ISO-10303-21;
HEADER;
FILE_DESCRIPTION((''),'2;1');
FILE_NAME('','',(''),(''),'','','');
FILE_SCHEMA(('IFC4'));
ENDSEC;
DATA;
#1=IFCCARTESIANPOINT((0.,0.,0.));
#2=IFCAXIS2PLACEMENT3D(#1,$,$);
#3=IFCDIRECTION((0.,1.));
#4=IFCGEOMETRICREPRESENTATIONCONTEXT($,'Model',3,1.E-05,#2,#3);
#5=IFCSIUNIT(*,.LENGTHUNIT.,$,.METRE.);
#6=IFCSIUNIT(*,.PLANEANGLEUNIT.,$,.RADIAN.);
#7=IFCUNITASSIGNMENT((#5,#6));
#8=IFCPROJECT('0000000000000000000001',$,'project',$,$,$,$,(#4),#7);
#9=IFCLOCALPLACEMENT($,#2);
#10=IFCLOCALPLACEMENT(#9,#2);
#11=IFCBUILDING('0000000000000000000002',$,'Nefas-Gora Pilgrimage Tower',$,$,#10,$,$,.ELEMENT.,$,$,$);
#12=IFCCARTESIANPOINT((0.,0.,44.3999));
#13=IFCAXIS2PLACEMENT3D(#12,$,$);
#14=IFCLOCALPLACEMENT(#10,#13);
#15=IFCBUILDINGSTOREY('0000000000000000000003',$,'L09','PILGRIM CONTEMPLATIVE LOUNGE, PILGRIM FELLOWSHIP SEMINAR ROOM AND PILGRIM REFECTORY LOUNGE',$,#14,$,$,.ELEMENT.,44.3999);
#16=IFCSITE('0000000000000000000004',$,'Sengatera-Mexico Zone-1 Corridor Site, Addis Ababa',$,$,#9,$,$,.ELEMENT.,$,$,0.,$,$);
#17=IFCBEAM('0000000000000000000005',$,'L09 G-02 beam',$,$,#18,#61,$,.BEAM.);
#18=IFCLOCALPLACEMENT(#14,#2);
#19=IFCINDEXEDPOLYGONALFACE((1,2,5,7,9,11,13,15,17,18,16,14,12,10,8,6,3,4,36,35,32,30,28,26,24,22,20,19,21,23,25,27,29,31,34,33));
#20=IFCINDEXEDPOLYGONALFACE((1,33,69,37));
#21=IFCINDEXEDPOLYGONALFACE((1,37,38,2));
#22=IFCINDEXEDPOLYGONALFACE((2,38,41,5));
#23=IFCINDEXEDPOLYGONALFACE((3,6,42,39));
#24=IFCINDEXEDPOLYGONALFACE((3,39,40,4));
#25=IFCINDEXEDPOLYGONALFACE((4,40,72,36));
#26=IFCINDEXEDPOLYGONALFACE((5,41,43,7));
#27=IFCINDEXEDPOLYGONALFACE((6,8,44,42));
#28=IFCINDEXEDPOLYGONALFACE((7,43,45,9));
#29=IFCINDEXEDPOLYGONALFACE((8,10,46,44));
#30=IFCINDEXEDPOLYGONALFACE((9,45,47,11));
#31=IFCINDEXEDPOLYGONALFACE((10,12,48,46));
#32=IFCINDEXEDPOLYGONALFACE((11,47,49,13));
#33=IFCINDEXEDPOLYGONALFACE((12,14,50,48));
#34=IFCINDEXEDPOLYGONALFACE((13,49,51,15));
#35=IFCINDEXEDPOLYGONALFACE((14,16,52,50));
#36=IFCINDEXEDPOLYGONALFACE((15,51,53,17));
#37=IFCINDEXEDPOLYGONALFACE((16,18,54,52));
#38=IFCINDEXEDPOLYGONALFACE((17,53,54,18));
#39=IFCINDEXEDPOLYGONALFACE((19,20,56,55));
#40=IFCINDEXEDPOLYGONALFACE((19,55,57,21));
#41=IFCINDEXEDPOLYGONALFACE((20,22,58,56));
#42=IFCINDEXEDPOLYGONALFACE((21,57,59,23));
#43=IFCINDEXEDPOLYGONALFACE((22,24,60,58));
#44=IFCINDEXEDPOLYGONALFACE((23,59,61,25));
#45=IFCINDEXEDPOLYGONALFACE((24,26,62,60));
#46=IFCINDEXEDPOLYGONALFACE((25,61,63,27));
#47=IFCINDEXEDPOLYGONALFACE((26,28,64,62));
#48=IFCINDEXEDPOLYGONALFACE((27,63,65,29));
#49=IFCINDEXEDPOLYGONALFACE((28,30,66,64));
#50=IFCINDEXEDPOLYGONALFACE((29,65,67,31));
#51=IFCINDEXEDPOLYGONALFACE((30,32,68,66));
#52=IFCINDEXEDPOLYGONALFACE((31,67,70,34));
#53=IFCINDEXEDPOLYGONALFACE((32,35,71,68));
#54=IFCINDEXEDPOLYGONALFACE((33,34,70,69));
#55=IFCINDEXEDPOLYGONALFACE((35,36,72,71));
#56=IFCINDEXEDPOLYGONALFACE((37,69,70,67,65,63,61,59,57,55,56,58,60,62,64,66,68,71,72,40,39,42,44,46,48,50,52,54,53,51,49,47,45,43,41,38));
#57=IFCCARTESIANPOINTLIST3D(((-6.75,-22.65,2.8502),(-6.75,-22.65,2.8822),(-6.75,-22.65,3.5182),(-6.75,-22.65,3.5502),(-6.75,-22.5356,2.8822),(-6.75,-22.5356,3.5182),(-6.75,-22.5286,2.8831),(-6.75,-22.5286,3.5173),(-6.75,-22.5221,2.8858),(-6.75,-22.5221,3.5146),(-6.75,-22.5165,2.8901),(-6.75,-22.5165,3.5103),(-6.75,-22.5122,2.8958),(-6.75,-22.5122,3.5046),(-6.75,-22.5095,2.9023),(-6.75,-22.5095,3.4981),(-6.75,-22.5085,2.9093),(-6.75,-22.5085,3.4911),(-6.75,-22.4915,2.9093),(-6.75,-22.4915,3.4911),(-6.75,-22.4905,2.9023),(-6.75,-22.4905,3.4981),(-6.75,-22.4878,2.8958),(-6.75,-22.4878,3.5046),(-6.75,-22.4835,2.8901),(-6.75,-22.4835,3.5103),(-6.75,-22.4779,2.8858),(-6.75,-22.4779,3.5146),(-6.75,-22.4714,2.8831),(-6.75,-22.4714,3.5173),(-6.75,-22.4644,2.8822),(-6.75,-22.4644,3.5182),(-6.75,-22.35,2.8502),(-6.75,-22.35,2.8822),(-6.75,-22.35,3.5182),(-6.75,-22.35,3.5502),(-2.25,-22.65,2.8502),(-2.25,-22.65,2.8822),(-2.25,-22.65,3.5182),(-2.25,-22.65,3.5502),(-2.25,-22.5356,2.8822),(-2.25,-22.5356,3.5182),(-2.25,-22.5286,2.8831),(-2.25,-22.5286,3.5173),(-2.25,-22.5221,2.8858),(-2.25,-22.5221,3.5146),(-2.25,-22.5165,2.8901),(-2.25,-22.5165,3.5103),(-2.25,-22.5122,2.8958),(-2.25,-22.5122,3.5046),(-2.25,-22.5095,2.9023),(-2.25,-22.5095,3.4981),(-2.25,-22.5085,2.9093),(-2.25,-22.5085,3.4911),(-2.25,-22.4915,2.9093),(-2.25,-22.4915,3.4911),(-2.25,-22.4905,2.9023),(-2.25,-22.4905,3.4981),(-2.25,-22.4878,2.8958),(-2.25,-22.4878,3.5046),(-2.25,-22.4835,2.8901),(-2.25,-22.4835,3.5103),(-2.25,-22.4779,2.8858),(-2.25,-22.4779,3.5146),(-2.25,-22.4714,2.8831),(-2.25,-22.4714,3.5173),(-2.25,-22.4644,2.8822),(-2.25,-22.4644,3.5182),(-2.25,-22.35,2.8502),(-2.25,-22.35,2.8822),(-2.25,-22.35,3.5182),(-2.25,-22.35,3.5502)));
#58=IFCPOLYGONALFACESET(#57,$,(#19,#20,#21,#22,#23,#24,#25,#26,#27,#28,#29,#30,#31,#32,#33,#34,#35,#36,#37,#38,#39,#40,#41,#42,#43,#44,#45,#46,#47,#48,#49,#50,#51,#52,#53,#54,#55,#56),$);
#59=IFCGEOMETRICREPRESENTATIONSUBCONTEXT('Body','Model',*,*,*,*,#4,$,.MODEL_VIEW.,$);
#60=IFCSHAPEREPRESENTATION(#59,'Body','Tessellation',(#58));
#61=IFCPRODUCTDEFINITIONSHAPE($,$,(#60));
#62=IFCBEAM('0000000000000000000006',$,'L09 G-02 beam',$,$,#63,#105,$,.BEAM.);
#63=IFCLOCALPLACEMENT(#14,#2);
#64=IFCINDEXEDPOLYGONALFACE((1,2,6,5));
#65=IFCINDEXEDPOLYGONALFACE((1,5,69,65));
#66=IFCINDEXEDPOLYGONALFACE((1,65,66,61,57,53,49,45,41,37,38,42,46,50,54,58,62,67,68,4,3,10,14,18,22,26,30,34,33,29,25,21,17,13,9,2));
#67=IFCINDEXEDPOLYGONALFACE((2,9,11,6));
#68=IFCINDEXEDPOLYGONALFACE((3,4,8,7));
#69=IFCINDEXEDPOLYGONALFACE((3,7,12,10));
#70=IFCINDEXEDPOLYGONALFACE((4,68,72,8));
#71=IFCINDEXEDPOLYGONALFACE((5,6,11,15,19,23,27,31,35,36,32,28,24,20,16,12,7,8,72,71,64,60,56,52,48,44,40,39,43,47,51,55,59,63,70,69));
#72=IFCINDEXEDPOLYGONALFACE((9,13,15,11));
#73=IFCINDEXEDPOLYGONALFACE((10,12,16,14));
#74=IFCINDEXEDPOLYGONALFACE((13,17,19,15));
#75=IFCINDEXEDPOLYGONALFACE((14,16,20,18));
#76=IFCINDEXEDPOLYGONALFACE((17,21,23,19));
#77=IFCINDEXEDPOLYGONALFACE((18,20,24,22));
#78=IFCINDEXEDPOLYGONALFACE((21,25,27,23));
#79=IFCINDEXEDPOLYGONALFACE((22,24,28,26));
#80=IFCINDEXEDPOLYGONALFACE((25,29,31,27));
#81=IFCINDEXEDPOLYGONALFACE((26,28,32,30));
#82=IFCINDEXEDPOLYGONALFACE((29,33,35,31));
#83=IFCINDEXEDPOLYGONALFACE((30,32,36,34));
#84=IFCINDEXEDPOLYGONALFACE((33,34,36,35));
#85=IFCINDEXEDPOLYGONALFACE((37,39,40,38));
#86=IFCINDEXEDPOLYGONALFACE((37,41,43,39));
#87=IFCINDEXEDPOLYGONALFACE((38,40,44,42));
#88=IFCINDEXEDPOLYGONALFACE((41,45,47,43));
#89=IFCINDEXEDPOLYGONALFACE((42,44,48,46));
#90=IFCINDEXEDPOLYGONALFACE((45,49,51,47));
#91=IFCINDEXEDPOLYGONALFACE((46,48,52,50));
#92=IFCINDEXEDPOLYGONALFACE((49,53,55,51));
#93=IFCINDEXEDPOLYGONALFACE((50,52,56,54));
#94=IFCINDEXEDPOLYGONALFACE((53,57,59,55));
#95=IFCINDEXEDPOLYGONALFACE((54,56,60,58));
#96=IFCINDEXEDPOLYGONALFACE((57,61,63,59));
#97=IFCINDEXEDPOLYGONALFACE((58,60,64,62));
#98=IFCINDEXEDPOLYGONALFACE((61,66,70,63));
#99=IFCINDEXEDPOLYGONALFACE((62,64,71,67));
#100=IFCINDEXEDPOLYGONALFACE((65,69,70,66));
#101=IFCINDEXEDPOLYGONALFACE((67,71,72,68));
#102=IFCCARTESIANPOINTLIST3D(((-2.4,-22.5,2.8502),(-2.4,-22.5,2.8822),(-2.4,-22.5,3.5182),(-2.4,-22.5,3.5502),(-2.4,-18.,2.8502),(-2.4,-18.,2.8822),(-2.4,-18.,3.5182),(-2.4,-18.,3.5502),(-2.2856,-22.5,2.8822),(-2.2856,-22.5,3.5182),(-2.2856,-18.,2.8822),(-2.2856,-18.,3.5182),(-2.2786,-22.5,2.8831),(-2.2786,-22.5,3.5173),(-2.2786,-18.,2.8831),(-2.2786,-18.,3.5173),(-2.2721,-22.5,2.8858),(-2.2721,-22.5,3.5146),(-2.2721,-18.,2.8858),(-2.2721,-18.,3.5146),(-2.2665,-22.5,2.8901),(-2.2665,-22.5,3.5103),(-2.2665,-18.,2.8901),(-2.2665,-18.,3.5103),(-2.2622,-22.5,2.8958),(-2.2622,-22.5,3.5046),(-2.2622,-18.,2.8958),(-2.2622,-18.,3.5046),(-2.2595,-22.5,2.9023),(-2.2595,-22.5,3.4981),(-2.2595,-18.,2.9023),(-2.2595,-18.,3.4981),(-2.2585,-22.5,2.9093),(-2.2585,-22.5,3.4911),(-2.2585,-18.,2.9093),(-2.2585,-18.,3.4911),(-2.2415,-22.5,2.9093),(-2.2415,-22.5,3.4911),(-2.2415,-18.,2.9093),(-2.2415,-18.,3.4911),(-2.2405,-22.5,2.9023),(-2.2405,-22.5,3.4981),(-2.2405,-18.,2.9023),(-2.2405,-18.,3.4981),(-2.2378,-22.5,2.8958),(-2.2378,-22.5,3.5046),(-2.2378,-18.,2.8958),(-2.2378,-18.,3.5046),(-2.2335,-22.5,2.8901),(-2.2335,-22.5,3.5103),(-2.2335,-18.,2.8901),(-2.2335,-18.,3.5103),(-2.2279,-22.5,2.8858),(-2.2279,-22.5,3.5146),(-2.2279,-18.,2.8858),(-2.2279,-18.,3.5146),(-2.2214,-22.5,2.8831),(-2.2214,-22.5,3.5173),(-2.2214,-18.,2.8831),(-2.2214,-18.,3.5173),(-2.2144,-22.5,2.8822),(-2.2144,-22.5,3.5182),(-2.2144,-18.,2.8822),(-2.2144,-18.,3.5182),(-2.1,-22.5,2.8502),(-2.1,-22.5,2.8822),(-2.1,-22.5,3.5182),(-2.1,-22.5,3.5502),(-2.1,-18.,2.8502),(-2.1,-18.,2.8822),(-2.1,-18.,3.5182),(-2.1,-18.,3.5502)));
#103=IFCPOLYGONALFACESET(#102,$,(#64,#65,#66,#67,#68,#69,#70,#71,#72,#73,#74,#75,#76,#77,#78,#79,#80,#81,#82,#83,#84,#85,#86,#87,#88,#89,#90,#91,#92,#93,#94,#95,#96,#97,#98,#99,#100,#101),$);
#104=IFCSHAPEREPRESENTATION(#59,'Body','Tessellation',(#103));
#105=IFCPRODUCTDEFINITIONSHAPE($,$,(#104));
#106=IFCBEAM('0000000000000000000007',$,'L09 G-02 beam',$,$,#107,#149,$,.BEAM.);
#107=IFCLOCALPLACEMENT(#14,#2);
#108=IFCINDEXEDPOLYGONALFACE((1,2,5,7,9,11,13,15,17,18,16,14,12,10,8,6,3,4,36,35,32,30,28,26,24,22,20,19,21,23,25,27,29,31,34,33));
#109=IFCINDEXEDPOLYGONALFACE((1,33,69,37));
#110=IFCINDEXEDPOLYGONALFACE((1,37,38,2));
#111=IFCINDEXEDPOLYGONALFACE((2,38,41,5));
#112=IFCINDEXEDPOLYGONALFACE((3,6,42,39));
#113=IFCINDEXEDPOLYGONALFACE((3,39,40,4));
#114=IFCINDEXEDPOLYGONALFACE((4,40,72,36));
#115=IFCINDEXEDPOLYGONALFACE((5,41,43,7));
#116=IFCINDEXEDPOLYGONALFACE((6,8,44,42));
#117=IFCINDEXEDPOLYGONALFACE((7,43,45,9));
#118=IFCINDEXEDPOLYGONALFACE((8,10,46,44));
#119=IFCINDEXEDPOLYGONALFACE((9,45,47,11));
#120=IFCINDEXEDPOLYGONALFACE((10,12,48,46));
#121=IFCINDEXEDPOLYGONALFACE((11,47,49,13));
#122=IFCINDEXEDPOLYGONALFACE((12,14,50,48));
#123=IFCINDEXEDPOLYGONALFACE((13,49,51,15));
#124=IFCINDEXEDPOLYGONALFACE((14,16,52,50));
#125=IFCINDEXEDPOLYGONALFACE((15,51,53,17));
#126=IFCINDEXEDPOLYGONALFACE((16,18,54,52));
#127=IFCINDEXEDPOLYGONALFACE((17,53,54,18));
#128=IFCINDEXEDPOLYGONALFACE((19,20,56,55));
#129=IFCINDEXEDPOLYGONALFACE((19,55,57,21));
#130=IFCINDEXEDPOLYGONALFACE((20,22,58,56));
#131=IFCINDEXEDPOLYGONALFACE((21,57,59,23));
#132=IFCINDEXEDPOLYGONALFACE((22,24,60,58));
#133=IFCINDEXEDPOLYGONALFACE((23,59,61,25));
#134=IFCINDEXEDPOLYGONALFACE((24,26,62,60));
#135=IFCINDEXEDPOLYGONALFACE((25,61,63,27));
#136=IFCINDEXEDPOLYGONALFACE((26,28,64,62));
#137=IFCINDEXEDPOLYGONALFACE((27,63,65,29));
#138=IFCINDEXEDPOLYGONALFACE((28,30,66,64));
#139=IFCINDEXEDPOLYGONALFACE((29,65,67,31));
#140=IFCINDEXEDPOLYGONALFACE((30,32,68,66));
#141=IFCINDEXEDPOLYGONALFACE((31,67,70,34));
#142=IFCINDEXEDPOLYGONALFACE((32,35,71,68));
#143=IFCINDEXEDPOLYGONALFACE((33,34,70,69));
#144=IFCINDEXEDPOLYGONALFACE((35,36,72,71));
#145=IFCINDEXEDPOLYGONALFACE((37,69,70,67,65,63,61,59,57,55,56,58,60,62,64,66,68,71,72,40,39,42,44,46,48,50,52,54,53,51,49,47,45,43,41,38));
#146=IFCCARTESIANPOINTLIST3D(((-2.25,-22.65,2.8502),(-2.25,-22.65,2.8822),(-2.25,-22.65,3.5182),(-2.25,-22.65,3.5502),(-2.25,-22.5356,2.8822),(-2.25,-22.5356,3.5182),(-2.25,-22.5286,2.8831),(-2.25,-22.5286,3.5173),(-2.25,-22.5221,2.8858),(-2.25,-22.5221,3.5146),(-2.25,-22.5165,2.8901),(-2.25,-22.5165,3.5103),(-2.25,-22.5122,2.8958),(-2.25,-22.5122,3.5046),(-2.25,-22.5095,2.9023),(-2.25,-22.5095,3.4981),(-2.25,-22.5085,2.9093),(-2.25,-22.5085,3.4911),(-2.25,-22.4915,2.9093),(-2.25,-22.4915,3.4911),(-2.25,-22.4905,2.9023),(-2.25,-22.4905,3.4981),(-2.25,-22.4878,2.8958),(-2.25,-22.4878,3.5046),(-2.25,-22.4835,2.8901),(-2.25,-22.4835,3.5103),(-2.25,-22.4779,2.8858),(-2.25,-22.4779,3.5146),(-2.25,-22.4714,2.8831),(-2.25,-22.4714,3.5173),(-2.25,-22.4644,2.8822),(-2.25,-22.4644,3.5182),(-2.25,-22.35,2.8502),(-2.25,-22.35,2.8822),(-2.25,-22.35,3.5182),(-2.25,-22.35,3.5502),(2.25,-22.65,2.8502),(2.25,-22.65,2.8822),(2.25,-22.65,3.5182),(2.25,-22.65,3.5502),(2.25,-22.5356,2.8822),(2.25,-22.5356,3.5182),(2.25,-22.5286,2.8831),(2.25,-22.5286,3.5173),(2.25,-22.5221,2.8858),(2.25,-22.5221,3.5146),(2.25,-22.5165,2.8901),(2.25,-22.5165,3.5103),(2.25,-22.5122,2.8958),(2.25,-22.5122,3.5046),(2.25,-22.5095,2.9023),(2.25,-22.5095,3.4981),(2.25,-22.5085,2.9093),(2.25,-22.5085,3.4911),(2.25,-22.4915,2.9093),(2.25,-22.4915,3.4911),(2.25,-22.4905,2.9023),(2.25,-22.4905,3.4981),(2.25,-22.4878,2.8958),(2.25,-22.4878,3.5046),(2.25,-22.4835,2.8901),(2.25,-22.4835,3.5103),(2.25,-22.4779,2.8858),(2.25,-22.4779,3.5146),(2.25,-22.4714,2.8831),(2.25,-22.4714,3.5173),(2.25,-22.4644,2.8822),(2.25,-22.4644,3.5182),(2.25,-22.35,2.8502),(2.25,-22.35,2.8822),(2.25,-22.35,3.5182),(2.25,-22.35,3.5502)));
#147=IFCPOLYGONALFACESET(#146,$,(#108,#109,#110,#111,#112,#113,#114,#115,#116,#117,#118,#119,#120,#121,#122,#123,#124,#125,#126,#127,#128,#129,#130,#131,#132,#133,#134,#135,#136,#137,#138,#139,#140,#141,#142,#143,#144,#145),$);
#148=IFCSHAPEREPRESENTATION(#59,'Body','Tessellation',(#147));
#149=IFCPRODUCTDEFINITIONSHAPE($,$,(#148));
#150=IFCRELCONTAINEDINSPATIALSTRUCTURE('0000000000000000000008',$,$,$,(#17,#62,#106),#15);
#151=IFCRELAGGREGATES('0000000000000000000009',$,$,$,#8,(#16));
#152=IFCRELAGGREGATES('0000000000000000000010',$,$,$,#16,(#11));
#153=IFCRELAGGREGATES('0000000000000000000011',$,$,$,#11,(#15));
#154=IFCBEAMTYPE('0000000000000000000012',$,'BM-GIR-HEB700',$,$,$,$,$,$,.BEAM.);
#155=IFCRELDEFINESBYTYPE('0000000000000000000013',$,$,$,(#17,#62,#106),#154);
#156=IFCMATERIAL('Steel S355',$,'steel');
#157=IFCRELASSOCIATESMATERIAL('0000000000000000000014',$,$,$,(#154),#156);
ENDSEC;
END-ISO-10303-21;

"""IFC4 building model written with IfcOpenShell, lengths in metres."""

from ifc_helpers import new_model, si_unit, direction, frame, origin, origin_2d, place, context, subcontext, project, spatial, i_section, extrude, source, transform, mapped, material, material_profile, profile_set, type_object, element, save


model = new_model("IFC4")

# Units and contexts
model_context = context("Model", 3, precision=1e-05, world=origin(), true_north=direction((0.0, 1.0)))
body_context = subcontext(model_context, "Body", "Model", "MODEL_VIEW")
ifc_project = project(units=[si_unit("LENGTHUNIT", "METRE"), si_unit("PLANEANGLEUNIT", "RADIAN")], contexts=[model_context])

# Site, building, storey
site_placement = place(None, origin())
site = spatial("IfcSite", under=ifc_project, at=site_placement, Name="Sengatera-Mexico Zone-1 Corridor Site, Addis Ababa", CompositionType="ELEMENT", RefElevation=0.0)
building_placement = place(site_placement, origin())
building = spatial("IfcBuilding", under=site, at=building_placement, Name="Nefas-Gora Pilgrimage Tower", CompositionType="ELEMENT")
storey_placement = place(building_placement, frame((0.0, 0.0, 44.3999)))
storey = spatial("IfcBuildingStorey", under=building, at=storey_placement, Name="L09", Description="PILGRIM CONTEMPLATIVE LOUNGE, PILGRIM FELLOWSHIP SEMINAR ROOM AND PILGRIM REFECTORY LOUNGE", CompositionType="ELEMENT", Elevation=44.3999)

# Beams
ifc_material_1 = material(Name="Steel S355", Category="steel")
ifc_material_profile_1 = material_profile(ifc_material_1, i_section(OverallWidth=0.3, OverallDepth=0.7, WebThickness=0.0171, FlangeThickness=0.032, FilletRadius=0.0271, at=origin_2d()), Name="HEB 700")
ifc_profile_set_1 = profile_set([ifc_material_profile_1], Name="Steel S355")
beam_type = type_object("IfcBeamType", Name="BM-GIR-HEB700", PredefinedType="BEAM", material=ifc_profile_set_1)
shared_shape_1 = source(origin(), body_context, "Body", "SweptSolid", [
    extrude(i_section(OverallWidth=0.3, OverallDepth=0.7, WebThickness=0.0171, FlangeThickness=0.032, FilletRadius=0.0271, at=origin_2d()), origin(), (0.0, 0.0, 1.0), 4.5),
])
for number, where, z_axis, x_axis, name in (
    (1, (-6.75, -22.5, 3.2002), (1.0, 0.0, 0.0), (0.0, 1.0, 0.0), "L09 G-02 beam"),
    (2, (-2.25, -22.5, 3.2002), (0.0, 1.0, 0.0), (-1.0, 0.0, 0.0), "L09 G-02 beam"),
    (3, (-2.25, -22.5, 3.2002), (1.0, 0.0, 0.0), (0.0, 1.0, 0.0), "L09 G-02 beam"),
):
    element("IfcBeam", number, at=place(storey_placement, frame(where, z_axis=z_axis, x_axis=x_axis)), inside=storey, type_object=beam_type, Name=name, PredefinedType="BEAM", context=body_context, shape_type="MappedRepresentation", body=[
        mapped(shared_shape_1, transform((0.0, 0.0, 0.0), x_axis=(1.0, 0.0, 0.0), y_axis=(0.0, 1.0, 0.0), z_axis=(0.0, 0.0, 1.0), scale=1.0)),
    ])

save(model, "model.ifc")
